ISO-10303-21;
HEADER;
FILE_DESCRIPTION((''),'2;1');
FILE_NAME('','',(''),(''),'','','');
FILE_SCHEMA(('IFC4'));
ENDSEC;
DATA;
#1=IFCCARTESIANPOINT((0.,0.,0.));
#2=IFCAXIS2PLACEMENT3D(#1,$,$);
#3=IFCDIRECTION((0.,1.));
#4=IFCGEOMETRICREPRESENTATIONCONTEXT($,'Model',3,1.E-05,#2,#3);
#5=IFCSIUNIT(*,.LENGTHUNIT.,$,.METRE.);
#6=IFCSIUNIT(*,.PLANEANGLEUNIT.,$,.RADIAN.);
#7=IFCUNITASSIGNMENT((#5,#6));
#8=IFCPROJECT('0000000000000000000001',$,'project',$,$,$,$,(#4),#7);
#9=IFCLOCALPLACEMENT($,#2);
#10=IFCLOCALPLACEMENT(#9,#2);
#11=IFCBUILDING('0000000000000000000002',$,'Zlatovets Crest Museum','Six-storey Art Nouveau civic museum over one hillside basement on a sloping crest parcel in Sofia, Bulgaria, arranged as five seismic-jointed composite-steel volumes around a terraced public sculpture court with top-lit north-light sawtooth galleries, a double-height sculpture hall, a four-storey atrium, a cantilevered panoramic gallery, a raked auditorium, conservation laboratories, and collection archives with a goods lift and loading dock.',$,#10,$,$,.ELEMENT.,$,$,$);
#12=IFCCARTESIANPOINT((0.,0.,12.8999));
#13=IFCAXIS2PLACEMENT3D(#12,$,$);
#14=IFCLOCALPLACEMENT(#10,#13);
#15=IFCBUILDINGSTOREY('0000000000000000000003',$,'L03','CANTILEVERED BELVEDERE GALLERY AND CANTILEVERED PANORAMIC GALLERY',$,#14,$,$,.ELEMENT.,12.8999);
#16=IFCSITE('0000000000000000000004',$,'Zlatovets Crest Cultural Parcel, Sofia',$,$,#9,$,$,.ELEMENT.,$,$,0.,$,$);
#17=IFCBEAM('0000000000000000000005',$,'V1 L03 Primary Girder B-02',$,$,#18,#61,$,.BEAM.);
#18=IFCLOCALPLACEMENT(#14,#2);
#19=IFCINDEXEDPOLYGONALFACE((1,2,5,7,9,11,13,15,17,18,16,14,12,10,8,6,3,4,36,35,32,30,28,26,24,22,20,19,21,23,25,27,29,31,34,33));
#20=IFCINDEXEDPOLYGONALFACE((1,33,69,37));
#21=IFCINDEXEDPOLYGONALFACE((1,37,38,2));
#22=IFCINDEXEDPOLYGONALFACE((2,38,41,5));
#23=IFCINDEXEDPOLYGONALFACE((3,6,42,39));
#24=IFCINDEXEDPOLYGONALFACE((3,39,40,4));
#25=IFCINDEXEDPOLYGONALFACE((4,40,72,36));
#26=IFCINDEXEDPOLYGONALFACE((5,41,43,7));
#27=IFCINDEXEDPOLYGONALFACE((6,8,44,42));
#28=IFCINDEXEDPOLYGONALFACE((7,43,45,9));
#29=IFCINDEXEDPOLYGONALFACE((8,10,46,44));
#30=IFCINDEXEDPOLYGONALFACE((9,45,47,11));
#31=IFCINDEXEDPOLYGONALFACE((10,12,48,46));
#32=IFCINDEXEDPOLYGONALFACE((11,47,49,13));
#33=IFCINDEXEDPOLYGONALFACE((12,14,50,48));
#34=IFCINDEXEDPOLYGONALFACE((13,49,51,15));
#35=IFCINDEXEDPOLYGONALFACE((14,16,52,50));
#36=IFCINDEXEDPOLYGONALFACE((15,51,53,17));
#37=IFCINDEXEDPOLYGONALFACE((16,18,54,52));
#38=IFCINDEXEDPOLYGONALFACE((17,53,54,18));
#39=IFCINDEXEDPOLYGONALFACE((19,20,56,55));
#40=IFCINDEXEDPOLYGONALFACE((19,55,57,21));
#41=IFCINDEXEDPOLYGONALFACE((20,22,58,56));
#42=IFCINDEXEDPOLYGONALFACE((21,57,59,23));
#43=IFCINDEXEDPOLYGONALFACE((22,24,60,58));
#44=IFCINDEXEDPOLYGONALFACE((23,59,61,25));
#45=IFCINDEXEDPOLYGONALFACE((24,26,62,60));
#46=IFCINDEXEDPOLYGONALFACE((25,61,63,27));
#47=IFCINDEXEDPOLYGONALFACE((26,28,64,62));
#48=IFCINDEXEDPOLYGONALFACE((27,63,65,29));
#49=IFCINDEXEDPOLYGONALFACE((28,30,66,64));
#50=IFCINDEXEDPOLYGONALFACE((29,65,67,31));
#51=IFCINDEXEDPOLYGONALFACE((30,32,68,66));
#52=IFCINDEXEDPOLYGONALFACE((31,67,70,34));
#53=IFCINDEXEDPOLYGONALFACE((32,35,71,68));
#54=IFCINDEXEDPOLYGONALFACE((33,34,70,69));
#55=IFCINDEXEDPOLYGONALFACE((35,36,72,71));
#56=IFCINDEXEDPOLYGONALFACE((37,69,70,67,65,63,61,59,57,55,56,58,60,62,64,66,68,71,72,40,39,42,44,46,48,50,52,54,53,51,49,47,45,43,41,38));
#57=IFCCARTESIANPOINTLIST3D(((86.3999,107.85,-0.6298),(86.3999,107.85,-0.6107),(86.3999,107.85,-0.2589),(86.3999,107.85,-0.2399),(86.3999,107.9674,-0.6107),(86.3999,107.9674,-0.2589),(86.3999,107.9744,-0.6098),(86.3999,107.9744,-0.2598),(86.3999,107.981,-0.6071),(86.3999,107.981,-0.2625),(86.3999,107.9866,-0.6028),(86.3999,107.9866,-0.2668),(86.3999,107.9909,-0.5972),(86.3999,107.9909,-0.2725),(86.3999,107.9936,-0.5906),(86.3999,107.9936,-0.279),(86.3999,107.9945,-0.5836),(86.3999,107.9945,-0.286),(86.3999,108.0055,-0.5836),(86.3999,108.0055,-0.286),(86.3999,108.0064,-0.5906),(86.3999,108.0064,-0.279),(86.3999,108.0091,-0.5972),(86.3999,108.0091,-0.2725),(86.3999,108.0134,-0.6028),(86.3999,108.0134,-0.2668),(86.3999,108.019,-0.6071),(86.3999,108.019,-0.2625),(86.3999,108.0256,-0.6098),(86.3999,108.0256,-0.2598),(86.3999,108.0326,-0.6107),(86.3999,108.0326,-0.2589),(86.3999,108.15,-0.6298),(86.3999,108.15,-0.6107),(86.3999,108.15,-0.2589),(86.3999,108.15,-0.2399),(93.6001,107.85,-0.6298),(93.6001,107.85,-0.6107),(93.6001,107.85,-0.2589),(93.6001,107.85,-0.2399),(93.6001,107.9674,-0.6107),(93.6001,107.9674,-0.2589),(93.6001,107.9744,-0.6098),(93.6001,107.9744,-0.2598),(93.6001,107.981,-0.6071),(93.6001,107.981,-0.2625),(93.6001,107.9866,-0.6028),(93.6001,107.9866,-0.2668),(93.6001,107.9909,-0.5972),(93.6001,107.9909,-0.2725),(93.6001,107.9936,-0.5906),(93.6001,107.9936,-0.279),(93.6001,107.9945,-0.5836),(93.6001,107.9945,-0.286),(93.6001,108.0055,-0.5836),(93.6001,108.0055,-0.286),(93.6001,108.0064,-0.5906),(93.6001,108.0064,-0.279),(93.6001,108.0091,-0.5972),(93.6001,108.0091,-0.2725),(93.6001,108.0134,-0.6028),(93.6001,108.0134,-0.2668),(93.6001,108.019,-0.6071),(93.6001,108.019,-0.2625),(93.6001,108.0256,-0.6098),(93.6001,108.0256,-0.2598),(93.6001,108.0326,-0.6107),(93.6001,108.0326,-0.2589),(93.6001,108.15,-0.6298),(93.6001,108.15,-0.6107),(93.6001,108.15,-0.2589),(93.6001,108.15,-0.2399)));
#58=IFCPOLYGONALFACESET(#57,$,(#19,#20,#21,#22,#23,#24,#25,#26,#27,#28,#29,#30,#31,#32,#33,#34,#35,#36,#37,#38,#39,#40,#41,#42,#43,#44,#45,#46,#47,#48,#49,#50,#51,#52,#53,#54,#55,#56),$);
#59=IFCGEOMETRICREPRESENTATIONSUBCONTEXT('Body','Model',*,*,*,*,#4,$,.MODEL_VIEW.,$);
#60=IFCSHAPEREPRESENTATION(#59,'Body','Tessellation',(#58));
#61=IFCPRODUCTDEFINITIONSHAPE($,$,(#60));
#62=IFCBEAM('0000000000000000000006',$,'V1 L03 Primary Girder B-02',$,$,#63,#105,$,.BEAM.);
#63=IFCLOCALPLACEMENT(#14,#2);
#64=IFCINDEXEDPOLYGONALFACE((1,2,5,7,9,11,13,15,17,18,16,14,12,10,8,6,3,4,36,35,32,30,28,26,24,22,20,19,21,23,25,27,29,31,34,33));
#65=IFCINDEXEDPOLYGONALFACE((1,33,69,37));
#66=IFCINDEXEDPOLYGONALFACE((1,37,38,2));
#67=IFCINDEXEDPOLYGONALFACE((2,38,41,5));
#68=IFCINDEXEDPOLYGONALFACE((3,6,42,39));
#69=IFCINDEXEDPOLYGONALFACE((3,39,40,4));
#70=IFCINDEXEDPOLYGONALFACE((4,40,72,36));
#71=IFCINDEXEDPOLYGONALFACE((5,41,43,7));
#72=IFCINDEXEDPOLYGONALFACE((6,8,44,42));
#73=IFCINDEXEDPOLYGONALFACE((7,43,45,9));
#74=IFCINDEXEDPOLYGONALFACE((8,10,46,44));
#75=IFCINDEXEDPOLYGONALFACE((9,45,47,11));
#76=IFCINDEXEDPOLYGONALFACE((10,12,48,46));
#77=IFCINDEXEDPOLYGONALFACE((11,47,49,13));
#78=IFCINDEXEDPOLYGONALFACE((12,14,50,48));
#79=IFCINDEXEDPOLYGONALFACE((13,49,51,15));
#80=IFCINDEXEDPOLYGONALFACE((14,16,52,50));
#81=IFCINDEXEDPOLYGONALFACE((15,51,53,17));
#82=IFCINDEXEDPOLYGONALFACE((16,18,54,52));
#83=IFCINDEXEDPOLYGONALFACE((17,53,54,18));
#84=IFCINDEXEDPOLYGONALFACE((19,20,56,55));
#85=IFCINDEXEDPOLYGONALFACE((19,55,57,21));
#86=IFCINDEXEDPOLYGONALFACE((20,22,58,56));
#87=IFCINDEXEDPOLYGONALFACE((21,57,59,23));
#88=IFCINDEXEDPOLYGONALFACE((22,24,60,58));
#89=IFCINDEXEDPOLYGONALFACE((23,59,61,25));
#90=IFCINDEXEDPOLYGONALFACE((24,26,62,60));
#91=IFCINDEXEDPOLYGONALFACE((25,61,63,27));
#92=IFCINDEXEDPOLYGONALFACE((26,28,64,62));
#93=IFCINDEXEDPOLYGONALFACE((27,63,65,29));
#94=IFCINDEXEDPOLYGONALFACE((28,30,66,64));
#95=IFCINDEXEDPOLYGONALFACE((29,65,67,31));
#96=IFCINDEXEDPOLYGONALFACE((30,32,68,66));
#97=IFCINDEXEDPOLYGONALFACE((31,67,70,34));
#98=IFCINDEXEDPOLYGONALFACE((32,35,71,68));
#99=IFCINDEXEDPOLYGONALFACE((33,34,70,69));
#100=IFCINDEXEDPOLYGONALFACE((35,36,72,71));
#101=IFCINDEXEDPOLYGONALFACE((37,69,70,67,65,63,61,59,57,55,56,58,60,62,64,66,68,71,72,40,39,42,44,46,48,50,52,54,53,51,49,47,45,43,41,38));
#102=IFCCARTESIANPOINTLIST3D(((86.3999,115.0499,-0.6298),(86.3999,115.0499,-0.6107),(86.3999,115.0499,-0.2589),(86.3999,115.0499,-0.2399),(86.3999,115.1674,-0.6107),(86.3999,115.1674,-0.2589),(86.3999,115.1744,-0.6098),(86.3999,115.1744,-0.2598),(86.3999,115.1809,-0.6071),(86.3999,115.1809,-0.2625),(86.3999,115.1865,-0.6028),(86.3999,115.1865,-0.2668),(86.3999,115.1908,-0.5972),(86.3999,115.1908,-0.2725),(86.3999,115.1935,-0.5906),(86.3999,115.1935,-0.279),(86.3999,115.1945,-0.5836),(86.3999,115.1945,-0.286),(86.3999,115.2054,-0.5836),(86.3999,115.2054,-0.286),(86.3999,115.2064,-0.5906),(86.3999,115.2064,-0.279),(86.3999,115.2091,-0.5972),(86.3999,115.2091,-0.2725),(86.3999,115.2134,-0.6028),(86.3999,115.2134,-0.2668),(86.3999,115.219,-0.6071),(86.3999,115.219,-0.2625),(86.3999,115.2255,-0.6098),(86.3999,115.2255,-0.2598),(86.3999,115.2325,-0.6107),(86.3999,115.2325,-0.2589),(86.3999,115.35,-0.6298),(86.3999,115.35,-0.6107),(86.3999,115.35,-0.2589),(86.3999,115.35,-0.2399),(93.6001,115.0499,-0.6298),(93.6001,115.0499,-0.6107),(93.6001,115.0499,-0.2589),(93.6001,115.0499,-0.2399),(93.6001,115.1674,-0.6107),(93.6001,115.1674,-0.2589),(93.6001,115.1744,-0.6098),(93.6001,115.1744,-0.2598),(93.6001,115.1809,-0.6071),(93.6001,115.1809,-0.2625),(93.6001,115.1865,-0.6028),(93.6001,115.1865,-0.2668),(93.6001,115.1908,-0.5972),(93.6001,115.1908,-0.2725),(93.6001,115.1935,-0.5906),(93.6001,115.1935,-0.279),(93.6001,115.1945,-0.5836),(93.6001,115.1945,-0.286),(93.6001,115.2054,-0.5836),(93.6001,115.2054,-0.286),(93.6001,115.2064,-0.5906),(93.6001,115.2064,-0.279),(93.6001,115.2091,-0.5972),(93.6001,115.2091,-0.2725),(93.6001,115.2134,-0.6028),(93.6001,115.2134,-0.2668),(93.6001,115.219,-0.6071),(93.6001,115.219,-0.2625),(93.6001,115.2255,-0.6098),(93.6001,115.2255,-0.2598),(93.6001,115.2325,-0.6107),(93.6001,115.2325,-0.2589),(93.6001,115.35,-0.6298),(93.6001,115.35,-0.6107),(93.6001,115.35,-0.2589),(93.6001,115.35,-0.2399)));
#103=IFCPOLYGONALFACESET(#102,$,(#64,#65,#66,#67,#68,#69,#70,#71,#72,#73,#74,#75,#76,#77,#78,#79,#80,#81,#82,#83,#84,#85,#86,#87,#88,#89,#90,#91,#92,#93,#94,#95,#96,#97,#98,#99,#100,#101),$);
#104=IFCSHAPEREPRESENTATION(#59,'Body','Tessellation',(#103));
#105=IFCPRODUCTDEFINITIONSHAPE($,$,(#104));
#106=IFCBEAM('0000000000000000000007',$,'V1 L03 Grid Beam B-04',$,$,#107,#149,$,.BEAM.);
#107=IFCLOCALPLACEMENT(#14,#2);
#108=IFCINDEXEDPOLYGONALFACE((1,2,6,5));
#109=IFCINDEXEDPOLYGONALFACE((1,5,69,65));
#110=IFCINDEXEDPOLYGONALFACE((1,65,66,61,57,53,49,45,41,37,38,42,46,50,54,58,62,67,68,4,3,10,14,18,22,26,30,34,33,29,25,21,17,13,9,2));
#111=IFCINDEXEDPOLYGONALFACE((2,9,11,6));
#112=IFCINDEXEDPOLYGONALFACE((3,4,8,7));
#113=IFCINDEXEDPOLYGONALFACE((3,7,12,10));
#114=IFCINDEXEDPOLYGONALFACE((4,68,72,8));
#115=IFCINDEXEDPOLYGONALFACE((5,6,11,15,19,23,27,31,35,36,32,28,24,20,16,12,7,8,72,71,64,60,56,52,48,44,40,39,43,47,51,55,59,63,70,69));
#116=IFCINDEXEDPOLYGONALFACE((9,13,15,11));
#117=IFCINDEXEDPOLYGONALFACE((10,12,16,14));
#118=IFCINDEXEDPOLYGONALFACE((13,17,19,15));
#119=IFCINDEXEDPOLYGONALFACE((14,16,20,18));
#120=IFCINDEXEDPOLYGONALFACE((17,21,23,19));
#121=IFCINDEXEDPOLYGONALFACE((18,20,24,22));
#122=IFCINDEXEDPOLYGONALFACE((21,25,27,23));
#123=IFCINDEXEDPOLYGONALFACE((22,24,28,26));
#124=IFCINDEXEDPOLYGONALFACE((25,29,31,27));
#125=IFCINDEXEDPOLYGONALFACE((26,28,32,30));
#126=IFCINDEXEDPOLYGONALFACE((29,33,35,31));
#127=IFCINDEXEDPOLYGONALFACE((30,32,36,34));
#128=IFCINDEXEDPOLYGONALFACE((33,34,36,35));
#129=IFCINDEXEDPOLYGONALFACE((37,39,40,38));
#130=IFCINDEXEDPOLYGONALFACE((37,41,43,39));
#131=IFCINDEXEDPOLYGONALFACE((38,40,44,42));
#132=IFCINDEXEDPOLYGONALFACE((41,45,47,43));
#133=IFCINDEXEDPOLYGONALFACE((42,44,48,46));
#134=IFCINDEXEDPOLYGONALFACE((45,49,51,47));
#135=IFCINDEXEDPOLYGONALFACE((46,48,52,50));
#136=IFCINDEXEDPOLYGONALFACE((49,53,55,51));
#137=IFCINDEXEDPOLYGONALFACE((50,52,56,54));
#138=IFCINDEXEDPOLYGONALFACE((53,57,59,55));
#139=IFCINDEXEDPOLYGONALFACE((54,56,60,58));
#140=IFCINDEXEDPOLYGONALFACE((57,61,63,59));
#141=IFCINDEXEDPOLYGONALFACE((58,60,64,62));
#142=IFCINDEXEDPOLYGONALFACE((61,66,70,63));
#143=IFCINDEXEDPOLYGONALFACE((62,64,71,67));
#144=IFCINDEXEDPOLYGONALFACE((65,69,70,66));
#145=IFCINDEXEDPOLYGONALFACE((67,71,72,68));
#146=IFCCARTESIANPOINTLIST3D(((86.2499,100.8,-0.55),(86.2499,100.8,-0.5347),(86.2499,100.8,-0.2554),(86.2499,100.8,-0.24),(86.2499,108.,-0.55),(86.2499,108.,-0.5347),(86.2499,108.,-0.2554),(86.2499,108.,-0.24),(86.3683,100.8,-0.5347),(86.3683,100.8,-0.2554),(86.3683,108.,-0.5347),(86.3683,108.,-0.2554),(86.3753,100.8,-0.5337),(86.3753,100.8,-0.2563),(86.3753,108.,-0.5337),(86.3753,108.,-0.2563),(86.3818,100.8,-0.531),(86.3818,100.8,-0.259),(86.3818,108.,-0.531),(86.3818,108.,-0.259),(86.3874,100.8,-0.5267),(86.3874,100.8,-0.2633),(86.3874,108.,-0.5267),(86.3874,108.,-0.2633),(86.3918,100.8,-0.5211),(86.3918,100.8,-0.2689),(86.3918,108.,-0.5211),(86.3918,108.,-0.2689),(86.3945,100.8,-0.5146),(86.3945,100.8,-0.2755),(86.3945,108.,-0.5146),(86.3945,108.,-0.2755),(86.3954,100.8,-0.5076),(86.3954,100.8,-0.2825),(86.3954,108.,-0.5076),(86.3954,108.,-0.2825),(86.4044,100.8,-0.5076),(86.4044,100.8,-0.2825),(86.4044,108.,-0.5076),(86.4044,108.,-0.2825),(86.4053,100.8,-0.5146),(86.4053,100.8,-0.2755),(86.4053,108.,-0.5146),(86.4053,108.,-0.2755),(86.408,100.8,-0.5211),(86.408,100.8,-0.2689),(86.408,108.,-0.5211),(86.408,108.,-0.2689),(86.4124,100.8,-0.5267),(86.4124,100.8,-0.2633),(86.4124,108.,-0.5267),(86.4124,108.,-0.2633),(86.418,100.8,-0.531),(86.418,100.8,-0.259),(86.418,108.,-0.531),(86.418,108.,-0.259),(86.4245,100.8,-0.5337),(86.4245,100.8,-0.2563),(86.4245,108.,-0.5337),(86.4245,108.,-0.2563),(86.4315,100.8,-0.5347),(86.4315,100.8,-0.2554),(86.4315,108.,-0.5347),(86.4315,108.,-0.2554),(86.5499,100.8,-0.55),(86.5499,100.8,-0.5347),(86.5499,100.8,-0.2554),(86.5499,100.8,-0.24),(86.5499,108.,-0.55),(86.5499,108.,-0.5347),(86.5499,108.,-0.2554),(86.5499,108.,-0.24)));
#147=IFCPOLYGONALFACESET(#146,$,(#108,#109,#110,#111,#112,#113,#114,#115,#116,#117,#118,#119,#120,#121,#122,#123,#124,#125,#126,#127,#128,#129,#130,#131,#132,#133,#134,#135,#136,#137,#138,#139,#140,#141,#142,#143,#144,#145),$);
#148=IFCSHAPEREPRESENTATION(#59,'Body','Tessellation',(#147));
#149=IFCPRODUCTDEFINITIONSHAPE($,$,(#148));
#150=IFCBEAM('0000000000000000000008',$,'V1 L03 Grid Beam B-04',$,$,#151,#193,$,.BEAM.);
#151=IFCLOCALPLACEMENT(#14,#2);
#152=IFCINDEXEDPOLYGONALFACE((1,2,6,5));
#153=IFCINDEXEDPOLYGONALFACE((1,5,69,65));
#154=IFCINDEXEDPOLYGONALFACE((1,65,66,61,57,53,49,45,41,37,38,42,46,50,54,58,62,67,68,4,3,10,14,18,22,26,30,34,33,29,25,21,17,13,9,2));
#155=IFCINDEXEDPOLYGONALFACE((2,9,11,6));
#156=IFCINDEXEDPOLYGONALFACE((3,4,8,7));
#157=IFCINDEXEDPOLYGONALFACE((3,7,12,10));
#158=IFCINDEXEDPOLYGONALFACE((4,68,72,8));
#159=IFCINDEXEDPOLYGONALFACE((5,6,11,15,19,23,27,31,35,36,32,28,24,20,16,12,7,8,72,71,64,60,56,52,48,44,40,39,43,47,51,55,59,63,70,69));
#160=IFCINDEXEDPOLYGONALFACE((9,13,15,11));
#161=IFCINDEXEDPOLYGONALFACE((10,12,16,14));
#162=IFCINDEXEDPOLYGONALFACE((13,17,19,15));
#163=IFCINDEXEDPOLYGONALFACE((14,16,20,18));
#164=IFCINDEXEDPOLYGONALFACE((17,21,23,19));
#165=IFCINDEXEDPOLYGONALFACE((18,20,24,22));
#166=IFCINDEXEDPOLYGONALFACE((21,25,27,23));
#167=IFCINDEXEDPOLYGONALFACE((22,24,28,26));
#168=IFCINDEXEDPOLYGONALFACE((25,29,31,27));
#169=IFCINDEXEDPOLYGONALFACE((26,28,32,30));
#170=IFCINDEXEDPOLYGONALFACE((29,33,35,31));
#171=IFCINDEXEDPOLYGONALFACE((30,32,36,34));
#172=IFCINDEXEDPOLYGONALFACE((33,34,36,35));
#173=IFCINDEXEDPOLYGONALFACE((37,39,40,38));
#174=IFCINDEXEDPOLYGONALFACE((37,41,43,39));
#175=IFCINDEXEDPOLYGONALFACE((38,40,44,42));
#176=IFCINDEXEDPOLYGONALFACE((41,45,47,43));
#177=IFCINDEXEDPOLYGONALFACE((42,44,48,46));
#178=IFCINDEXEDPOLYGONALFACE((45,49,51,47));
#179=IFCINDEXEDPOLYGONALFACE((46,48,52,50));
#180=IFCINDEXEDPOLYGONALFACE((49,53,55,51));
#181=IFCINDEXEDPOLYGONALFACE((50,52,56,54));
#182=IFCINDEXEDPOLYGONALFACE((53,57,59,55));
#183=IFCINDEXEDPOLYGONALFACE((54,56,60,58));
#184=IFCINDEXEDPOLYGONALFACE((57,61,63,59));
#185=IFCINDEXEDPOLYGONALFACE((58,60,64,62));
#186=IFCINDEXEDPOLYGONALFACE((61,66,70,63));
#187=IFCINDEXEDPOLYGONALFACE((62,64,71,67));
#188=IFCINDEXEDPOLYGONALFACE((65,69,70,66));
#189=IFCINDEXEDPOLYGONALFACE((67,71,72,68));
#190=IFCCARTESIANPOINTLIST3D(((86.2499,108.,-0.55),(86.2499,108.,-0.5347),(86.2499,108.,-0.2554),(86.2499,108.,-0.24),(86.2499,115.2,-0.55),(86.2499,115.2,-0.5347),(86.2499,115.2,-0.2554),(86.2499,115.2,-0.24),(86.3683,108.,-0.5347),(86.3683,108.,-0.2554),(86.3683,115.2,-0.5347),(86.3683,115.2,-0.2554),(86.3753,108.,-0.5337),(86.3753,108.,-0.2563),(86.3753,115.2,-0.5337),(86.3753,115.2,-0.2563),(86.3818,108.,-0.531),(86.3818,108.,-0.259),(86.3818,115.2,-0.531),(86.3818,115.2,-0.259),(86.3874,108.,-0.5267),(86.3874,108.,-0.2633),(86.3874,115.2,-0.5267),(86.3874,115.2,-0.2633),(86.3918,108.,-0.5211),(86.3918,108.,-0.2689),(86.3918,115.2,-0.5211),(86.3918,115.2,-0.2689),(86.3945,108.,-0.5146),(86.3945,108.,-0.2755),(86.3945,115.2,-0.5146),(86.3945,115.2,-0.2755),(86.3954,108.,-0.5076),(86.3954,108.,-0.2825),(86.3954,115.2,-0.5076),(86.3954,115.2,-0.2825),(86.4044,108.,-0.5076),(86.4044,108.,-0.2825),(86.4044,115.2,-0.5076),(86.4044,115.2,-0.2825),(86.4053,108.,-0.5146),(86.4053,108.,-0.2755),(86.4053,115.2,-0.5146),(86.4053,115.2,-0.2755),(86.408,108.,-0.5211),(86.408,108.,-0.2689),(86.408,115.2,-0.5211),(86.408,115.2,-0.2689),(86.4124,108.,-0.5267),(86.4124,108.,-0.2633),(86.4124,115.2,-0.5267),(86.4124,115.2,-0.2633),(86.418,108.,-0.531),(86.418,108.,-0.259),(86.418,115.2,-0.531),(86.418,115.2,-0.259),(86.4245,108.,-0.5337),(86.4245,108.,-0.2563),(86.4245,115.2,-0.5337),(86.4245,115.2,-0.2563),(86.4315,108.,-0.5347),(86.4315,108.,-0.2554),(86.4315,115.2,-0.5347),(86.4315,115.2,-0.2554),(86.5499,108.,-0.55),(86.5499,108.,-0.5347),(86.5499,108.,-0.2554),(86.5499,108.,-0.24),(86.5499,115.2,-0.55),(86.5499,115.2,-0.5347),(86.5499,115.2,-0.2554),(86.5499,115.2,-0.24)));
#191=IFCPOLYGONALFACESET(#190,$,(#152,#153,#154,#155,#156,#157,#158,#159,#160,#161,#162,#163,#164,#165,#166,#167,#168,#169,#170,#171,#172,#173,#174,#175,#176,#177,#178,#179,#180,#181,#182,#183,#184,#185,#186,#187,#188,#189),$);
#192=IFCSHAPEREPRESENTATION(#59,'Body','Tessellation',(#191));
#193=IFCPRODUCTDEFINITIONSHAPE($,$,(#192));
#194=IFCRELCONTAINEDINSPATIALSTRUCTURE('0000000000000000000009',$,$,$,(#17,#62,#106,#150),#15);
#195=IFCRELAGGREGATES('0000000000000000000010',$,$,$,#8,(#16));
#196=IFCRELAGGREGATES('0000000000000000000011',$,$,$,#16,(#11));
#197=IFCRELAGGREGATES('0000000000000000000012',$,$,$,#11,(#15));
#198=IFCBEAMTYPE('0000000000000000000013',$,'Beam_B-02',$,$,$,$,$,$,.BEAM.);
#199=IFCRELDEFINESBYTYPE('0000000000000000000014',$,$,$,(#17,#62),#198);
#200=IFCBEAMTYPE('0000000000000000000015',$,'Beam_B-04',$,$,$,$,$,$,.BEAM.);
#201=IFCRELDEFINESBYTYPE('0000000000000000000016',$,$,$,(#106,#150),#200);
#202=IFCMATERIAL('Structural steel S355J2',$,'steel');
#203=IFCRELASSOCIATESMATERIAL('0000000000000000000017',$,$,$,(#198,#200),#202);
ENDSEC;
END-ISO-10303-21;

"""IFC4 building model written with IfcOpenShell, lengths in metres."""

from ifc_helpers import new_model, si_unit, direction, frame, origin, origin_2d, place, context, subcontext, project, spatial, i_section, extrude, material, material_profile, profile_set, type_object, element, save


model = new_model("IFC4")

# Units and contexts
model_context = context("Model", 3, precision=1e-05, world=origin(), true_north=direction((0.0, 1.0)))
body_context = subcontext(model_context, "Body", "Model", "MODEL_VIEW")
ifc_project = project(units=[si_unit("LENGTHUNIT", "METRE"), si_unit("PLANEANGLEUNIT", "RADIAN")], contexts=[model_context])

# Site, building, storey
site_placement = place(None, origin())
site = spatial("IfcSite", under=ifc_project, at=site_placement, Name="Zlatovets Crest Cultural Parcel, Sofia", CompositionType="ELEMENT", RefElevation=0.0)
building_placement = place(site_placement, origin())
building = spatial("IfcBuilding", under=site, at=building_placement, Name="Zlatovets Crest Museum", Description="Six-storey Art Nouveau civic museum over one hillside basement on a sloping crest parcel in Sofia, Bulgaria, arranged as five seismic-jointed composite-steel volumes around a terraced public sculpture court with top-lit north-light sawtooth galleries, a double-height sculpture hall, a four-storey atrium, a cantilevered panoramic gallery, a raked auditorium, conservation laboratories, and collection archives with a goods lift and loading dock.", CompositionType="ELEMENT")
storey_placement = place(building_placement, frame((0.0, 0.0, 12.8999)))
storey = spatial("IfcBuildingStorey", under=building, at=storey_placement, Name="L03", Description="CANTILEVERED BELVEDERE GALLERY AND CANTILEVERED PANORAMIC GALLERY", CompositionType="ELEMENT", Elevation=12.8999)

# Shared definitions
ifc_material_1 = material(Name="Structural steel S355J2", Category="steel")

# Beams
ifc_material_profile_1 = material_profile(ifc_material_1, i_section(OverallWidth=0.3, OverallDepth=0.3899, WebThickness=0.011, FlangeThickness=0.019, FilletRadius=0.0271, at=origin_2d()), Name="HEA 400")
ifc_profile_set_1 = profile_set([ifc_material_profile_1], Name="Structural steel S355J2")
beam_type_1 = type_object("IfcBeamType", Name="Beam_B-02", PredefinedType="BEAM", material=ifc_profile_set_1)
for number, where, z_axis, x_axis, name in (
    (1, (86.3999, 108.0, -0.4348), (1.0, 0.0, 0.0), (0.0, 1.0, 0.0), "V1 L03 Primary Girder B-02"),
    (2, (86.3999, 115.2, -0.4348), (1.0, 0.0, 0.0), (0.0, 1.0, 0.0), "V1 L03 Primary Girder B-02"),
):
    element("IfcBeam", number, at=place(storey_placement, frame(where, z_axis=z_axis, x_axis=x_axis)), inside=storey, type_object=beam_type_1, Name=name, PredefinedType="BEAM", context=body_context, shape_type="SweptSolid", body=[
        extrude(i_section(OverallWidth=0.3, OverallDepth=0.3899, WebThickness=0.011, FlangeThickness=0.019, FilletRadius=0.0271, at=origin_2d()), origin(), (0.0, 0.0, 1.0), 7.2002),
    ])
ifc_material_profile_2 = material_profile(ifc_material_1, i_section(OverallWidth=0.3, OverallDepth=0.3101, WebThickness=0.009, FlangeThickness=0.0154, FilletRadius=0.0271, at=origin_2d()), Name="HEA 320")
ifc_profile_set_2 = profile_set([ifc_material_profile_2], Name="Structural steel S355J2")
beam_type_2 = type_object("IfcBeamType", Name="Beam_B-04", PredefinedType="BEAM", material=ifc_profile_set_2)
for number, where, z_axis, x_axis, name in (
    (3, (86.3999, 100.8, -0.395), (0.0, 1.0, 0.0), (-1.0, 0.0, 0.0), "V1 L03 Grid Beam B-04"),
    (4, (86.3999, 108.0, -0.395), (0.0, 1.0, 0.0), (-1.0, 0.0, 0.0), "V1 L03 Grid Beam B-04"),
):
    element("IfcBeam", number, at=place(storey_placement, frame(where, z_axis=z_axis, x_axis=x_axis)), inside=storey, type_object=beam_type_2, Name=name, PredefinedType="BEAM", context=body_context, shape_type="SweptSolid", body=[
        extrude(i_section(OverallWidth=0.3, OverallDepth=0.3101, WebThickness=0.009, FlangeThickness=0.0154, FilletRadius=0.0271, at=origin_2d()), origin(), (0.0, 0.0, 1.0), 7.2),
    ])

save(model, "model.ifc")
